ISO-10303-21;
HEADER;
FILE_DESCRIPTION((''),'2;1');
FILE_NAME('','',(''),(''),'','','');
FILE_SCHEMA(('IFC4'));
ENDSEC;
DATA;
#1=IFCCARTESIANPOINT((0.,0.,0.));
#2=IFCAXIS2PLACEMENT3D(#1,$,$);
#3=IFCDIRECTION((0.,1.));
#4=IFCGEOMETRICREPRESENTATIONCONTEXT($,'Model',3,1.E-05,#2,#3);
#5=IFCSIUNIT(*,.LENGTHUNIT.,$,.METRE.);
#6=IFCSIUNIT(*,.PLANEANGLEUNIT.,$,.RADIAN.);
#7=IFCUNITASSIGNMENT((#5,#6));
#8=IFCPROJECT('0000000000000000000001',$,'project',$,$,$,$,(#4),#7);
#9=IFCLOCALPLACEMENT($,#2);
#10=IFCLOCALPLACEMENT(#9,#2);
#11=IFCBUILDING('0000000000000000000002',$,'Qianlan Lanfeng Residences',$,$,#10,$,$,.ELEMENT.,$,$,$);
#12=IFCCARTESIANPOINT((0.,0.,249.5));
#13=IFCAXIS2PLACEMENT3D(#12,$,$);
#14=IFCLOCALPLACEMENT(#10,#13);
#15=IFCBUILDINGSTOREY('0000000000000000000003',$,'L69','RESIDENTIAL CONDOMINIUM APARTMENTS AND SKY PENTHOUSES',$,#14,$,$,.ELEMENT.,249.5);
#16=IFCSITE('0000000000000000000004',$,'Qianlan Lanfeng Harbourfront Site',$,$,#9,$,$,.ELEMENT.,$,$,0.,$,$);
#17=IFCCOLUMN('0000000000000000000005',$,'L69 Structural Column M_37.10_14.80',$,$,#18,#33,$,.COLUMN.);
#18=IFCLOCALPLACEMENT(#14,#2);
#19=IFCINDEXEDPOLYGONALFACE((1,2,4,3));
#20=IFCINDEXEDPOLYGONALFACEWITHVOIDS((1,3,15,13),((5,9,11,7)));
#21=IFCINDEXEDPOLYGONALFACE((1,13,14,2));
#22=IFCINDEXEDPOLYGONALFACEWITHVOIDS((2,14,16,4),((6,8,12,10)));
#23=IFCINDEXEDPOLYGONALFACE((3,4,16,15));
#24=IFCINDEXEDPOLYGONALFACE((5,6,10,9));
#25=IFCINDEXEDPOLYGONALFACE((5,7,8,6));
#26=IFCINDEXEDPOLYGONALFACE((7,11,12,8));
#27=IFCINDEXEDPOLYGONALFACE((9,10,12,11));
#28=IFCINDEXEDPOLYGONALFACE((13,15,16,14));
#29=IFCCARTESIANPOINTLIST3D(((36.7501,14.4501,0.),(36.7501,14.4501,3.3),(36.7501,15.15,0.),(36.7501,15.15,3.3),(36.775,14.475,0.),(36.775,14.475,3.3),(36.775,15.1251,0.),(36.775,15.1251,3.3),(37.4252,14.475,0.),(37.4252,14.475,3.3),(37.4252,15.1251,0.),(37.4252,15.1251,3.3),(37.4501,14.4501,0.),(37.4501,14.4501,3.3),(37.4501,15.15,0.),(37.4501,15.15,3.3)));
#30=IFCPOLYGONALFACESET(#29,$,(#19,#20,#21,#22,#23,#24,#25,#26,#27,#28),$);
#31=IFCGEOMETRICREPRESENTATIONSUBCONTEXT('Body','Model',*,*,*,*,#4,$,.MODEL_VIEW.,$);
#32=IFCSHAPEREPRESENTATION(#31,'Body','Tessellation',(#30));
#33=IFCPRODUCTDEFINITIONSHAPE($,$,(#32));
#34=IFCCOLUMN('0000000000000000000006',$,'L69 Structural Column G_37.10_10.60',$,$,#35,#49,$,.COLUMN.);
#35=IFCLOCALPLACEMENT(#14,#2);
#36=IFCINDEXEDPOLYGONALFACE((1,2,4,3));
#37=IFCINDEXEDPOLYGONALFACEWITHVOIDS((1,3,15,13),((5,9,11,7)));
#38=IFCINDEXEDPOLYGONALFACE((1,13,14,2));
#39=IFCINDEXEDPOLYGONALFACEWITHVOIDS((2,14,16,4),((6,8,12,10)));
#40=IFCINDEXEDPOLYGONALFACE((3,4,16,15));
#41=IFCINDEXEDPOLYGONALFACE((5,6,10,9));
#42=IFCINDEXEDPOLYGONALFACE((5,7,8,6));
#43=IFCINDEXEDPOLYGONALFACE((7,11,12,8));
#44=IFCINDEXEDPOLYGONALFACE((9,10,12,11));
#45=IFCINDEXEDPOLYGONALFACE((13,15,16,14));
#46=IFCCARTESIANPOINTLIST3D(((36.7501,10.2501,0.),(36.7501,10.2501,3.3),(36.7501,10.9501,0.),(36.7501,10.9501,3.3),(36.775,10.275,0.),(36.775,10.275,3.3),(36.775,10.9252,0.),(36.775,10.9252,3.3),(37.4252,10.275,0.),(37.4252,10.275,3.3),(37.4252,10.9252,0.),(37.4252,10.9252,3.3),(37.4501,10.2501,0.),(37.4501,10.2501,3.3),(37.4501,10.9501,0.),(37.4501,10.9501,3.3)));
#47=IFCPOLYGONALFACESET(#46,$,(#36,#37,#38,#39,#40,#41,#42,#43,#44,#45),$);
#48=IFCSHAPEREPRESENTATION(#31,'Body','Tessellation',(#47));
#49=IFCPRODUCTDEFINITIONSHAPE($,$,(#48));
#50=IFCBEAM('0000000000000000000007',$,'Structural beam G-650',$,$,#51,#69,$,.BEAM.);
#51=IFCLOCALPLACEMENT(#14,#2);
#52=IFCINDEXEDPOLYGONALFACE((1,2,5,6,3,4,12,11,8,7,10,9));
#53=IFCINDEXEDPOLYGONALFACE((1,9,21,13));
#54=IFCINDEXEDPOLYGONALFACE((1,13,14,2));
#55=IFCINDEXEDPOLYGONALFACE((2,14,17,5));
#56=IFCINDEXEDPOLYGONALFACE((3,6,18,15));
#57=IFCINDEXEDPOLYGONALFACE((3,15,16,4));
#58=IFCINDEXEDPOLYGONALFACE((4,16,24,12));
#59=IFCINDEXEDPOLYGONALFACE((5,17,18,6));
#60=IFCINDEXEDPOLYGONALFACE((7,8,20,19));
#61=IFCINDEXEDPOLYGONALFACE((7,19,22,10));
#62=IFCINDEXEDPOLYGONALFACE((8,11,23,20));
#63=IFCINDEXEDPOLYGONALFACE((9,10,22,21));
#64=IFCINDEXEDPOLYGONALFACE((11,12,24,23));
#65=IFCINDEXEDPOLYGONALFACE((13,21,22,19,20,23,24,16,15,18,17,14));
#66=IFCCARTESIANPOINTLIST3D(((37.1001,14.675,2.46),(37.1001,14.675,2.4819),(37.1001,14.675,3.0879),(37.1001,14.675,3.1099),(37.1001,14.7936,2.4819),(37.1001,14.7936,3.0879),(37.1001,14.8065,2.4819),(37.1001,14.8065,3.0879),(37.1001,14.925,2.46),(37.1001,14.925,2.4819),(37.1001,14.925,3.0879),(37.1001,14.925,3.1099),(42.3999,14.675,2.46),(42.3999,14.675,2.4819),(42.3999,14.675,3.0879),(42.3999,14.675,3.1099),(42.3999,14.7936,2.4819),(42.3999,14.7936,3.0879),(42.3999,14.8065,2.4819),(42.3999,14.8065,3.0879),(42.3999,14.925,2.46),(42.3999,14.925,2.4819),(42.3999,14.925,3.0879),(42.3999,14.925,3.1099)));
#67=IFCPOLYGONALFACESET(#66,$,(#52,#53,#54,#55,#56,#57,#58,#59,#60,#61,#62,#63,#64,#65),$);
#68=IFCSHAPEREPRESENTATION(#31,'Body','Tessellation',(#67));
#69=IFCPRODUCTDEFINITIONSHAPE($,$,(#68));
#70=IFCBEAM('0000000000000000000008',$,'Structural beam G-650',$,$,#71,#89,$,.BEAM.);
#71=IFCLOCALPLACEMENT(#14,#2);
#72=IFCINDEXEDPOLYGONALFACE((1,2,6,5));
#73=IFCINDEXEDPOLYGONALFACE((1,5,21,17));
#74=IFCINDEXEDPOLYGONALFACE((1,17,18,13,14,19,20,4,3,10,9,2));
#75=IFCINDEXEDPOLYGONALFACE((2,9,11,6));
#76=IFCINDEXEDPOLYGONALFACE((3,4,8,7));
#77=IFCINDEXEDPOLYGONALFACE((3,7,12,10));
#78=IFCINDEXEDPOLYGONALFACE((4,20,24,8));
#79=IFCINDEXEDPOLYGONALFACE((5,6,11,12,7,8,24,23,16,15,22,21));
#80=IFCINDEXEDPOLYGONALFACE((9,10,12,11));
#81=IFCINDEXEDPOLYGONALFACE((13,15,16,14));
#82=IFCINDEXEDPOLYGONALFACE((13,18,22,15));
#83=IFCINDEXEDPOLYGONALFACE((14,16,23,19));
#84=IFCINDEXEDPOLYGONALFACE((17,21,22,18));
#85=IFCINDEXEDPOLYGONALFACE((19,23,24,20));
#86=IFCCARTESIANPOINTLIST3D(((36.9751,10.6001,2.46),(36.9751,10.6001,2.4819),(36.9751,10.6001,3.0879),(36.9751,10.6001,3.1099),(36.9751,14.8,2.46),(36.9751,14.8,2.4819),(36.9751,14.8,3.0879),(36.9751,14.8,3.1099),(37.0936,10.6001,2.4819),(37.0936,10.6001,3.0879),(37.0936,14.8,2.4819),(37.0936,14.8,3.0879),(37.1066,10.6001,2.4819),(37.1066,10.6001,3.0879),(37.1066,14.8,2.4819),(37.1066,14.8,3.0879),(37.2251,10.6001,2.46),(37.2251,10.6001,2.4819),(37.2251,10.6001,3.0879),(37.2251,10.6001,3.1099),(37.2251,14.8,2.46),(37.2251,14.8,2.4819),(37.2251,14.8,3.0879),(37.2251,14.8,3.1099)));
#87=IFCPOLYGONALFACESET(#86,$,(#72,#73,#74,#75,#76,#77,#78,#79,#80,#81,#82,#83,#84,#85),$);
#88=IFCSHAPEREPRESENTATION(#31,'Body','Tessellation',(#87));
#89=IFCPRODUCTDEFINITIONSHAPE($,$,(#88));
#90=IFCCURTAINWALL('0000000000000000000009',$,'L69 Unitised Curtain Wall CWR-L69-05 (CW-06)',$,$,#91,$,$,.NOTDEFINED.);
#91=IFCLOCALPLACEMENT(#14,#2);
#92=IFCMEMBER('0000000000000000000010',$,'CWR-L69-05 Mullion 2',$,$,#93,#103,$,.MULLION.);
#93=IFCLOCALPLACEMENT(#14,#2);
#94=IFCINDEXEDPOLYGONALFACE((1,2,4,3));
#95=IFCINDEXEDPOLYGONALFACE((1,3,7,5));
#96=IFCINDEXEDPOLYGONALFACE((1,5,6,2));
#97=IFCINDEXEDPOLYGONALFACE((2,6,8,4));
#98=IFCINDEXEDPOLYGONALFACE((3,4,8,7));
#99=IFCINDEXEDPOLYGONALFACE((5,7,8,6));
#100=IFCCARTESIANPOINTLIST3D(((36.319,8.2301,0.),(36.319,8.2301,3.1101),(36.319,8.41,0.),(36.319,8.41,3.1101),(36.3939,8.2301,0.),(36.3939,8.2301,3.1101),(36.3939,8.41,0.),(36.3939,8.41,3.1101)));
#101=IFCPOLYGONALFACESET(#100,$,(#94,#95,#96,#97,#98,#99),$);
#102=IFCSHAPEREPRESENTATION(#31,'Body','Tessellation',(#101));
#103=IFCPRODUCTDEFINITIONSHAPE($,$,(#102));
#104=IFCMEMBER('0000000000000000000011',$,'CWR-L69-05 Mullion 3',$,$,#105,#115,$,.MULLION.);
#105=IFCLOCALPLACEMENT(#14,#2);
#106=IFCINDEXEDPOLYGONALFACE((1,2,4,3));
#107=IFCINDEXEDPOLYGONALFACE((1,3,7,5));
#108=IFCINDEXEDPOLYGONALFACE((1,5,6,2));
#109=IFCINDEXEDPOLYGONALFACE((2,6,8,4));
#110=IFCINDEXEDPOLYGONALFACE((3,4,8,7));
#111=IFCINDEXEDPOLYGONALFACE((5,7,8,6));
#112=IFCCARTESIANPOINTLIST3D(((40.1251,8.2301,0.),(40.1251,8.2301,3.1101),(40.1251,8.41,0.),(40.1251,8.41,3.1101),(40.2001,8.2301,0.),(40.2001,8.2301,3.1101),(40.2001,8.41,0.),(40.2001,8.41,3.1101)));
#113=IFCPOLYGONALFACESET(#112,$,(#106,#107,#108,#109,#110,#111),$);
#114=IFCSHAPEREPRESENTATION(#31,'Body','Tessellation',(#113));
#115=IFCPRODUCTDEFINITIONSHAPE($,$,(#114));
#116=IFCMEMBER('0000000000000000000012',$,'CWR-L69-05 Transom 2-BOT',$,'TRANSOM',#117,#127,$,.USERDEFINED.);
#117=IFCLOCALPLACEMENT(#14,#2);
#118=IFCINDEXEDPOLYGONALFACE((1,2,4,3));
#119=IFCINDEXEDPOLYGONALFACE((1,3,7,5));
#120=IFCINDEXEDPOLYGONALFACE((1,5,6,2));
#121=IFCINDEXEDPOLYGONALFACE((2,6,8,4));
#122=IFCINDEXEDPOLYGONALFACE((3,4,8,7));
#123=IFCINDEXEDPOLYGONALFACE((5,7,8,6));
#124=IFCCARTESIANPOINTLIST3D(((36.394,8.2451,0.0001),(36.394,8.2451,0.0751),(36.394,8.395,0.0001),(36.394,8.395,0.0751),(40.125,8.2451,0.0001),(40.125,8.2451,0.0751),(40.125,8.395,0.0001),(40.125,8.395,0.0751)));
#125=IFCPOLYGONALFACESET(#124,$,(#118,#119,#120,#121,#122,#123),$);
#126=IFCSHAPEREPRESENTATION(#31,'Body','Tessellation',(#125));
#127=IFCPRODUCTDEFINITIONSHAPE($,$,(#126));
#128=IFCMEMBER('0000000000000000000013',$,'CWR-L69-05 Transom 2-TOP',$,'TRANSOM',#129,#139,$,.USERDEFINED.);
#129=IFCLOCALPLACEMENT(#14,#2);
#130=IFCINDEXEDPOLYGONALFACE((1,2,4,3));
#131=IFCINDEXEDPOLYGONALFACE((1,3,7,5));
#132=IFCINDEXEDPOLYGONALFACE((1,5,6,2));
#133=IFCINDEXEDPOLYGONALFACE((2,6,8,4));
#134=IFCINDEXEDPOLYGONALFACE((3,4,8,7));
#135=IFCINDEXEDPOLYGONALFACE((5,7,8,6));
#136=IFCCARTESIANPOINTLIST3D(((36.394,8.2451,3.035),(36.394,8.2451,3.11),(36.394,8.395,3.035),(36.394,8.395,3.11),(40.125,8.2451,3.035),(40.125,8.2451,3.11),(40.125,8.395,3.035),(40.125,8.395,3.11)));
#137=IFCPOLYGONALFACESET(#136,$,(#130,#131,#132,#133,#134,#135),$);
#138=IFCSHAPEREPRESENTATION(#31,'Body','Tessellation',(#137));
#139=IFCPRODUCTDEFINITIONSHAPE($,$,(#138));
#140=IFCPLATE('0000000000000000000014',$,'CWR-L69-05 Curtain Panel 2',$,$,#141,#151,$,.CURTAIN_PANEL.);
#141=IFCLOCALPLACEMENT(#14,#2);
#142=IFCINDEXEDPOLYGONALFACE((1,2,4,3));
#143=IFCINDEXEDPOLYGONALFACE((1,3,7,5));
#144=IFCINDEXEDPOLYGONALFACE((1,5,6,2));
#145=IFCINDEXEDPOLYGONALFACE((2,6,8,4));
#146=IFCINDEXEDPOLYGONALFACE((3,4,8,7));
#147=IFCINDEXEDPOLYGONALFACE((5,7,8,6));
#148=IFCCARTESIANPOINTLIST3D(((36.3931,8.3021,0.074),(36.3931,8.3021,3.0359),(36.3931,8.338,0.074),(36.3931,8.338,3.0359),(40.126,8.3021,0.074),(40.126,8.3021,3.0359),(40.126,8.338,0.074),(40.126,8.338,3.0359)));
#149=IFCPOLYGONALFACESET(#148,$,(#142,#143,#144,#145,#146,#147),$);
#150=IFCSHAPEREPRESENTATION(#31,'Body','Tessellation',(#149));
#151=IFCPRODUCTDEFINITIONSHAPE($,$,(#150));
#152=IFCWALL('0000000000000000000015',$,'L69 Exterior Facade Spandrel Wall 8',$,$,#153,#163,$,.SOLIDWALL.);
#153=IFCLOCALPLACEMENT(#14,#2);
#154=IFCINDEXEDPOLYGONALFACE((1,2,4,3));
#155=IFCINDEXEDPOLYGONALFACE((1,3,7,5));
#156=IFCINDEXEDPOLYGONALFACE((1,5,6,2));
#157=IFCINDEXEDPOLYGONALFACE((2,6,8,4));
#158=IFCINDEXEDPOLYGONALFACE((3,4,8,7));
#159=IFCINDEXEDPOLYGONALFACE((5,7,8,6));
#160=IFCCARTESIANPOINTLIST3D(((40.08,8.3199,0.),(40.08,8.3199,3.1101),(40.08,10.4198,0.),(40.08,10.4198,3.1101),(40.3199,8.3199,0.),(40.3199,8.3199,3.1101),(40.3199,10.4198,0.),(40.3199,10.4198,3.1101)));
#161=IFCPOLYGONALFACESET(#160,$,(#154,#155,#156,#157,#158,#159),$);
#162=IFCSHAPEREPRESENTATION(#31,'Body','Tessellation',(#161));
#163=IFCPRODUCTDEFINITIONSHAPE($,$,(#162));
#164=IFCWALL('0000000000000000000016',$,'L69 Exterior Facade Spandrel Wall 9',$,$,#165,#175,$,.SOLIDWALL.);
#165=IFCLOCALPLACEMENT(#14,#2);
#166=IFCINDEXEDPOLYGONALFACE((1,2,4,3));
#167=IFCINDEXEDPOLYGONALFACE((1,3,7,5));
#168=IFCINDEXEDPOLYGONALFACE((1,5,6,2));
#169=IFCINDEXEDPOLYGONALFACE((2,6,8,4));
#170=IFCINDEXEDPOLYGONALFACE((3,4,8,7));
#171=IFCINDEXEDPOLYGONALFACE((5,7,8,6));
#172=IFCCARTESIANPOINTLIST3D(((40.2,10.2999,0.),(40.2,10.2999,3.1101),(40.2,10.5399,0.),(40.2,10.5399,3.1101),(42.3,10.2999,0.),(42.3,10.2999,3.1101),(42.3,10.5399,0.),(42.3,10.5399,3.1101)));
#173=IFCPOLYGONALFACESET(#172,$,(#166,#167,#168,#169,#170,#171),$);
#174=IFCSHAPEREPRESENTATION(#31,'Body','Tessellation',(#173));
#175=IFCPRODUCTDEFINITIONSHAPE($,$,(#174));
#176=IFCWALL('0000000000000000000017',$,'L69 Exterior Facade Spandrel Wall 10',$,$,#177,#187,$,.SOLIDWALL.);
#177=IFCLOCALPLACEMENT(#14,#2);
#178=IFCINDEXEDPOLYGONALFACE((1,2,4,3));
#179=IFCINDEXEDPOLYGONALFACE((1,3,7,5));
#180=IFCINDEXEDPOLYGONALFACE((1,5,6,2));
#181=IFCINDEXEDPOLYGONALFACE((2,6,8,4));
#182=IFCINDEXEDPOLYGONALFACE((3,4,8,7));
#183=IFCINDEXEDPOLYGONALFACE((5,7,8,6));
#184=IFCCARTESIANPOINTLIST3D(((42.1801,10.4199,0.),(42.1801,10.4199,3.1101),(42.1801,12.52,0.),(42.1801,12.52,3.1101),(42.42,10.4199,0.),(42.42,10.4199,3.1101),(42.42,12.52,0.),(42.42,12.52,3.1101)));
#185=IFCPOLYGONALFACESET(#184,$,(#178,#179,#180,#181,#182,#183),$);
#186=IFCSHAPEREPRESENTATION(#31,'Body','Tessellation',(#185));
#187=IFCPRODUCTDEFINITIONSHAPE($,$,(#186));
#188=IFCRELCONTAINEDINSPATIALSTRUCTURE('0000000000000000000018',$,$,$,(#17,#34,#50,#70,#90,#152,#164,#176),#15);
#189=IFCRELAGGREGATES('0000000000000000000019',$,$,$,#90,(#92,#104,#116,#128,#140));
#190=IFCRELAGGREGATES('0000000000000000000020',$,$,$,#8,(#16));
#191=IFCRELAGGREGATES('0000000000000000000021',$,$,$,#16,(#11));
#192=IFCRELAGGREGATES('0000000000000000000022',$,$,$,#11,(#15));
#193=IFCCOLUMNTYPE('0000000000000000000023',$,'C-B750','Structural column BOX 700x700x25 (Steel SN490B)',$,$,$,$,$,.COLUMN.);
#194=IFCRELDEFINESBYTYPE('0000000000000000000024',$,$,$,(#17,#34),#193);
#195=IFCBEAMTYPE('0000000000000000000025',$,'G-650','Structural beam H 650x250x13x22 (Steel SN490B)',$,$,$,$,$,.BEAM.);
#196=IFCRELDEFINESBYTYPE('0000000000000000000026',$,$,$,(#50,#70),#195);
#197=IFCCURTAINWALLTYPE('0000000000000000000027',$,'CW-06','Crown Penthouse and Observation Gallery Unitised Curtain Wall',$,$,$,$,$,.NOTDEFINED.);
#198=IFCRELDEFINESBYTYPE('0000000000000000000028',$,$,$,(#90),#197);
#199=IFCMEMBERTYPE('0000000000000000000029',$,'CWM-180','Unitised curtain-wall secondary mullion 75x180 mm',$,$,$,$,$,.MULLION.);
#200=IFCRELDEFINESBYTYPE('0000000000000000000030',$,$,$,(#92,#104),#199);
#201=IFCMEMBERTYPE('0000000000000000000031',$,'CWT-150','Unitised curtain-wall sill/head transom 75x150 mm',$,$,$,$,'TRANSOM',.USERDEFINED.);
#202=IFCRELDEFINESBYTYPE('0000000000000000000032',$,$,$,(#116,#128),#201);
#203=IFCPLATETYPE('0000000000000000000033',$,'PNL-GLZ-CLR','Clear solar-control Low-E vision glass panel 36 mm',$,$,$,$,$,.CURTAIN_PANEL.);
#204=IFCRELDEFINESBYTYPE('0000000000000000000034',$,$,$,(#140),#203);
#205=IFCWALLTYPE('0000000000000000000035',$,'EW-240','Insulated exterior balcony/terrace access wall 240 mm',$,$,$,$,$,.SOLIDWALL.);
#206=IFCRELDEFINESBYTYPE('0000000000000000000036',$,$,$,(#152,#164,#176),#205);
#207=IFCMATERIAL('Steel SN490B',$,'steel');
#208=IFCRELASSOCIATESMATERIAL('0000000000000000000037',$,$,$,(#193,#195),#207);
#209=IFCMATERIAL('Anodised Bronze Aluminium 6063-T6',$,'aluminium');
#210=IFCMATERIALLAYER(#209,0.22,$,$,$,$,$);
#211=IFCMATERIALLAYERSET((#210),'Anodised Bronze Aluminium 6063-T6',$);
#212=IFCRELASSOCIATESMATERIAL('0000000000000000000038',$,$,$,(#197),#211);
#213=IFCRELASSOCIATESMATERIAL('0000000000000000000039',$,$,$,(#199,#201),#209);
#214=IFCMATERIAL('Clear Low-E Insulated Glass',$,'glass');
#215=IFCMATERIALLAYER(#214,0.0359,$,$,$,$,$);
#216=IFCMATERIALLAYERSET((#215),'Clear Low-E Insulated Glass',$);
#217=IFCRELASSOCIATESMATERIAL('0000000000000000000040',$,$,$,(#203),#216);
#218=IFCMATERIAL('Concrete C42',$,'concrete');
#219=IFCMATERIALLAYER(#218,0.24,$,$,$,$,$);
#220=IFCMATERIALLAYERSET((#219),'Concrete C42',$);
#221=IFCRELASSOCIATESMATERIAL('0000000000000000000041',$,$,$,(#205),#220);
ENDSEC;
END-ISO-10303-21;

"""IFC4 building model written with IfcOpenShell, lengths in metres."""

from ifc_helpers import new_model, si_unit, direction, frame, frame_2d, origin, origin_2d, place, context, subcontext, project, spatial, rectangle, hollow_rectangle, i_section, extrude, source, transform, mapped, material, layer, layer_set, material_profile, profile_set, type_object, element, aggregate, save


model = new_model("IFC4")

# Units and contexts
model_context = context("Model", 3, precision=1e-05, world=origin(), true_north=direction((0.0, 1.0)))
body_context = subcontext(model_context, "Body", "Model", "MODEL_VIEW")
ifc_project = project(units=[si_unit("LENGTHUNIT", "METRE"), si_unit("PLANEANGLEUNIT", "RADIAN")], contexts=[model_context])

# Site, building, storey
site_placement = place(None, origin())
site = spatial("IfcSite", under=ifc_project, at=site_placement, Name="Qianlan Lanfeng Harbourfront Site", CompositionType="ELEMENT", RefElevation=0.0)
building_placement = place(site_placement, origin())
building = spatial("IfcBuilding", under=site, at=building_placement, Name="Qianlan Lanfeng Residences", CompositionType="ELEMENT")
storey_placement = place(building_placement, frame((0.0, 0.0, 249.5)))
storey = spatial("IfcBuildingStorey", under=building, at=storey_placement, Name="L69", Description="RESIDENTIAL CONDOMINIUM APARTMENTS AND SKY PENTHOUSES", CompositionType="ELEMENT", Elevation=249.5)

# Columns
ifc_material_1 = material(Name="Steel SN490B", Category="steel")
ifc_material_profile_1 = material_profile(ifc_material_1, hollow_rectangle(XDim=0.7, YDim=0.7, WallThickness=0.0249, at=origin_2d()), Name="BOX 700x700x25")
ifc_profile_set_1 = profile_set([ifc_material_profile_1], Name="Steel SN490B")
column_type = type_object("IfcColumnType", Name="C-B750", Description="Structural column BOX 700x700x25 (Steel SN490B)", PredefinedType="COLUMN", material=ifc_profile_set_1)
for number, where, z_axis, x_axis, name in (
    (1, (37.1001, 14.8, 0.0), (0.0, 0.0, 1.0), (1.0, 0.0, 0.0), "L69 Structural Column M_37.10_14.80"),
    (2, (37.1001, 10.6001, 0.0), (0.0, 0.0, 1.0), (1.0, 0.0, 0.0), "L69 Structural Column G_37.10_10.60"),
):
    element("IfcColumn", number, at=place(storey_placement, frame(where, z_axis=z_axis, x_axis=x_axis)), inside=storey, type_object=column_type, Name=name, PredefinedType="COLUMN", context=body_context, shape_type="SweptSolid", body=[
        extrude(hollow_rectangle(XDim=0.7, YDim=0.7, WallThickness=0.0249, at=origin_2d()), origin(), (0.0, 0.0, 1.0), 3.3),
    ])

# Beams
ifc_material_profile_2 = material_profile(ifc_material_1, i_section(OverallWidth=0.25, OverallDepth=0.6499, WebThickness=0.0129, FlangeThickness=0.022, at=origin_2d()), Name="H 650x250x13x22")
ifc_profile_set_2 = profile_set([ifc_material_profile_2], Name="Steel SN490B")
beam_type = type_object("IfcBeamType", Name="G-650", Description="Structural beam H 650x250x13x22 (Steel SN490B)", PredefinedType="BEAM", material=ifc_profile_set_2)
beam_1_placement = place(storey_placement, frame((37.1001, 14.8, 2.7849), z_axis=(1.0, 0.0, 0.0), x_axis=(0.0, 1.0, 0.0)))
element("IfcBeam", 3, at=beam_1_placement, inside=storey, type_object=beam_type, Name="Structural beam G-650", PredefinedType="BEAM", context=body_context, shape_type="SweptSolid", body=[
    extrude(i_section(OverallWidth=0.25, OverallDepth=0.6499, WebThickness=0.0129, FlangeThickness=0.022, at=origin_2d()), origin(), (0.0, 0.0, 1.0), 5.2998),
])
beam_2_placement = place(storey_placement, frame((37.1001, 10.6001, 2.7849), z_axis=(0.0, 1.0, 0.0), x_axis=(-1.0, 0.0, 0.0)))
element("IfcBeam", 4, at=beam_2_placement, inside=storey, type_object=beam_type, Name="Structural beam G-650", PredefinedType="BEAM", context=body_context, shape_type="SweptSolid", body=[
    extrude(i_section(OverallWidth=0.25, OverallDepth=0.6499, WebThickness=0.0129, FlangeThickness=0.022, at=origin_2d()), origin(), (0.0, 0.0, 1.0), 4.2),
])

# Curtain wall, members, plate
ifc_material_2 = material(Name="Anodised Bronze Aluminium 6063-T6", Category="aluminium")
ifc_layer_1 = layer(ifc_material_2, 0.22)
ifc_layer_set_1 = layer_set([ifc_layer_1], Name="Anodised Bronze Aluminium 6063-T6")
curtain_wall_type = type_object("IfcCurtainWallType", Name="CW-06", Description="Crown Penthouse and Observation Gallery Unitised Curtain Wall", PredefinedType="NOTDEFINED", material=ifc_layer_set_1)
curtain_wall_placement = place(storey_placement, origin())
curtain_wall = element("IfcCurtainWall", 5, at=curtain_wall_placement, inside=storey, type_object=curtain_wall_type, Name="L69 Unitised Curtain Wall CWR-L69-05 (CW-06)", PredefinedType="NOTDEFINED")
ifc_material_profile_3 = material_profile(ifc_material_2, rectangle(XDim=0.075, YDim=0.1799, at=origin_2d()), Name="ALU MULLION 75x180")
ifc_profile_set_3 = profile_set([ifc_material_profile_3], Name="Anodised Bronze Aluminium 6063-T6")
member_type_1 = type_object("IfcMemberType", Name="CWM-180", Description="Unitised curtain-wall secondary mullion 75x180 mm", PredefinedType="MULLION", material=ifc_profile_set_3)
shared_shape_1 = source(origin(), body_context, "Body", "SweptSolid", [
    extrude(rectangle(XDim=0.075, YDim=0.1799, at=origin_2d()), origin(), (0.0, 0.0, 1.0), 3.1101),
])
member_1_placement = place(storey_placement, frame((36.3564, 8.3201, 0.0), z_axis=(0.0, 0.0, 1.0), x_axis=(1.0, 0.0, 0.0)))
member_1 = element("IfcMember", 6, at=member_1_placement, type_object=member_type_1, Name="CWR-L69-05 Mullion 2", PredefinedType="MULLION", context=body_context, shape_type="MappedRepresentation", body=[
    mapped(shared_shape_1, transform((0.0, 0.0, 0.0), scale=1.0)),
])
member_2_placement = place(storey_placement, frame((40.1626, 8.3201, 0.0), z_axis=(0.0, 0.0, 1.0), x_axis=(1.0, 0.0, 0.0)))
member_2 = element("IfcMember", 7, at=member_2_placement, type_object=member_type_1, Name="CWR-L69-05 Mullion 3", PredefinedType="MULLION", context=body_context, shape_type="MappedRepresentation", body=[
    mapped(shared_shape_1, transform((0.0, 0.0, 0.0), scale=1.0)),
])
ifc_material_profile_4 = material_profile(ifc_material_2, rectangle(XDim=0.075, YDim=0.1499, at=origin_2d()), Name="ALU TRANSOM 75x150")
ifc_profile_set_4 = profile_set([ifc_material_profile_4], Name="Anodised Bronze Aluminium 6063-T6")
member_type_2 = type_object("IfcMemberType", Name="CWT-150", Description="Unitised curtain-wall sill/head transom 75x150 mm", ElementType="TRANSOM", PredefinedType="USERDEFINED", material=ifc_profile_set_4)
shared_shape_2 = source(origin(), body_context, "Body", "SweptSolid", [
    extrude(rectangle(XDim=0.075, YDim=0.1499, at=origin_2d()), origin(), (0.0, 0.0, 1.0), 3.731),
])
member_3_placement = place(storey_placement, frame((36.394, 8.3201, 0.0376), z_axis=(1.0, 0.0, 0.0), x_axis=(0.0, 0.0, 1.0)))
member_3 = element("IfcMember", 8, at=member_3_placement, type_object=member_type_2, Name="CWR-L69-05 Transom 2-BOT", ObjectType="TRANSOM", PredefinedType="USERDEFINED", context=body_context, shape_type="MappedRepresentation", body=[
    mapped(shared_shape_2, transform((0.0, 0.0, 0.0), scale=1.0)),
])
member_4_placement = place(storey_placement, frame((36.394, 8.3201, 3.0725), z_axis=(1.0, 0.0, 0.0), x_axis=(0.0, 0.0, 1.0)))
member_4 = element("IfcMember", 9, at=member_4_placement, type_object=member_type_2, Name="CWR-L69-05 Transom 2-TOP", ObjectType="TRANSOM", PredefinedType="USERDEFINED", context=body_context, shape_type="MappedRepresentation", body=[
    mapped(shared_shape_2, transform((0.0, 0.0, 0.0), scale=1.0)),
])
ifc_material_3 = material(Name="Clear Low-E Insulated Glass", Category="glass")
ifc_layer_2 = layer(ifc_material_3, 0.0359)
ifc_layer_set_2 = layer_set([ifc_layer_2], Name="Clear Low-E Insulated Glass")
plate_type = type_object("IfcPlateType", Name="PNL-GLZ-CLR", Description="Clear solar-control Low-E vision glass panel 36 mm", PredefinedType="CURTAIN_PANEL", material=ifc_layer_set_2)
shared_shape_3 = source(origin(), body_context, "Body", "SweptSolid", [
    extrude(rectangle(XDim=3.7329, YDim=0.0359, at=origin_2d()), origin(), (0.0, 0.0, 1.0), 2.9619),
])
plate_placement = place(storey_placement, frame((38.2595, 8.3201, 0.074), z_axis=(0.0, 0.0, 1.0), x_axis=(1.0, 0.0, 0.0)))
plate = element("IfcPlate", 10, at=plate_placement, type_object=plate_type, Name="CWR-L69-05 Curtain Panel 2", PredefinedType="CURTAIN_PANEL", context=body_context, shape_type="MappedRepresentation", body=[
    mapped(shared_shape_3, transform((0.0, 0.0, 0.0), scale=1.0)),
])
aggregate(curtain_wall, [member_1, member_2, member_3, member_4, plate])

# Walls
ifc_material_4 = material(Name="Concrete C42", Category="concrete")
ifc_layer_3 = layer(ifc_material_4, 0.24)
ifc_layer_set_3 = layer_set([ifc_layer_3], Name="Concrete C42")
wall_type_1 = type_object("IfcWallType", Name="EW-240", Description="Insulated exterior balcony/terrace access wall 240 mm", PredefinedType="SOLIDWALL", material=ifc_layer_set_3)
wall_1_placement = place(storey_placement, frame((40.2, 8.3201, 0.0), z_axis=(0.0, 0.0, 1.0), x_axis=(0.0, 1.0, 0.0)))
element("IfcWall", 11, at=wall_1_placement, inside=storey, type_object=wall_type_1, Name="L69 Exterior Facade Spandrel Wall 8", PredefinedType="SOLIDWALL", context=body_context, shape_type="SweptSolid", body=[
    extrude(rectangle(XDim=2.0999, YDim=0.24, at=frame_2d((1.0498, 0.0))), origin(), (0.0, 0.0, 1.0), 3.1101),
])
for number, where, z_axis, x_axis, name in (
    (12, (40.2, 10.4199, 0.0), (0.0, 0.0, 1.0), (1.0, 0.0, 0.0), "L69 Exterior Facade Spandrel Wall 9"),
    (13, (42.3, 10.4199, 0.0), (0.0, 0.0, 1.0), (0.0, 1.0, 0.0), "L69 Exterior Facade Spandrel Wall 10"),
):
    element("IfcWall", number, at=place(storey_placement, frame(where, z_axis=z_axis, x_axis=x_axis)), inside=storey, type_object=wall_type_1, Name=name, PredefinedType="SOLIDWALL", context=body_context, shape_type="SweptSolid", body=[
        extrude(rectangle(XDim=2.1001, YDim=0.24, at=frame_2d((1.05, 0.0))), origin(), (0.0, 0.0, 1.0), 3.1101),
    ])

save(model, "model.ifc")
